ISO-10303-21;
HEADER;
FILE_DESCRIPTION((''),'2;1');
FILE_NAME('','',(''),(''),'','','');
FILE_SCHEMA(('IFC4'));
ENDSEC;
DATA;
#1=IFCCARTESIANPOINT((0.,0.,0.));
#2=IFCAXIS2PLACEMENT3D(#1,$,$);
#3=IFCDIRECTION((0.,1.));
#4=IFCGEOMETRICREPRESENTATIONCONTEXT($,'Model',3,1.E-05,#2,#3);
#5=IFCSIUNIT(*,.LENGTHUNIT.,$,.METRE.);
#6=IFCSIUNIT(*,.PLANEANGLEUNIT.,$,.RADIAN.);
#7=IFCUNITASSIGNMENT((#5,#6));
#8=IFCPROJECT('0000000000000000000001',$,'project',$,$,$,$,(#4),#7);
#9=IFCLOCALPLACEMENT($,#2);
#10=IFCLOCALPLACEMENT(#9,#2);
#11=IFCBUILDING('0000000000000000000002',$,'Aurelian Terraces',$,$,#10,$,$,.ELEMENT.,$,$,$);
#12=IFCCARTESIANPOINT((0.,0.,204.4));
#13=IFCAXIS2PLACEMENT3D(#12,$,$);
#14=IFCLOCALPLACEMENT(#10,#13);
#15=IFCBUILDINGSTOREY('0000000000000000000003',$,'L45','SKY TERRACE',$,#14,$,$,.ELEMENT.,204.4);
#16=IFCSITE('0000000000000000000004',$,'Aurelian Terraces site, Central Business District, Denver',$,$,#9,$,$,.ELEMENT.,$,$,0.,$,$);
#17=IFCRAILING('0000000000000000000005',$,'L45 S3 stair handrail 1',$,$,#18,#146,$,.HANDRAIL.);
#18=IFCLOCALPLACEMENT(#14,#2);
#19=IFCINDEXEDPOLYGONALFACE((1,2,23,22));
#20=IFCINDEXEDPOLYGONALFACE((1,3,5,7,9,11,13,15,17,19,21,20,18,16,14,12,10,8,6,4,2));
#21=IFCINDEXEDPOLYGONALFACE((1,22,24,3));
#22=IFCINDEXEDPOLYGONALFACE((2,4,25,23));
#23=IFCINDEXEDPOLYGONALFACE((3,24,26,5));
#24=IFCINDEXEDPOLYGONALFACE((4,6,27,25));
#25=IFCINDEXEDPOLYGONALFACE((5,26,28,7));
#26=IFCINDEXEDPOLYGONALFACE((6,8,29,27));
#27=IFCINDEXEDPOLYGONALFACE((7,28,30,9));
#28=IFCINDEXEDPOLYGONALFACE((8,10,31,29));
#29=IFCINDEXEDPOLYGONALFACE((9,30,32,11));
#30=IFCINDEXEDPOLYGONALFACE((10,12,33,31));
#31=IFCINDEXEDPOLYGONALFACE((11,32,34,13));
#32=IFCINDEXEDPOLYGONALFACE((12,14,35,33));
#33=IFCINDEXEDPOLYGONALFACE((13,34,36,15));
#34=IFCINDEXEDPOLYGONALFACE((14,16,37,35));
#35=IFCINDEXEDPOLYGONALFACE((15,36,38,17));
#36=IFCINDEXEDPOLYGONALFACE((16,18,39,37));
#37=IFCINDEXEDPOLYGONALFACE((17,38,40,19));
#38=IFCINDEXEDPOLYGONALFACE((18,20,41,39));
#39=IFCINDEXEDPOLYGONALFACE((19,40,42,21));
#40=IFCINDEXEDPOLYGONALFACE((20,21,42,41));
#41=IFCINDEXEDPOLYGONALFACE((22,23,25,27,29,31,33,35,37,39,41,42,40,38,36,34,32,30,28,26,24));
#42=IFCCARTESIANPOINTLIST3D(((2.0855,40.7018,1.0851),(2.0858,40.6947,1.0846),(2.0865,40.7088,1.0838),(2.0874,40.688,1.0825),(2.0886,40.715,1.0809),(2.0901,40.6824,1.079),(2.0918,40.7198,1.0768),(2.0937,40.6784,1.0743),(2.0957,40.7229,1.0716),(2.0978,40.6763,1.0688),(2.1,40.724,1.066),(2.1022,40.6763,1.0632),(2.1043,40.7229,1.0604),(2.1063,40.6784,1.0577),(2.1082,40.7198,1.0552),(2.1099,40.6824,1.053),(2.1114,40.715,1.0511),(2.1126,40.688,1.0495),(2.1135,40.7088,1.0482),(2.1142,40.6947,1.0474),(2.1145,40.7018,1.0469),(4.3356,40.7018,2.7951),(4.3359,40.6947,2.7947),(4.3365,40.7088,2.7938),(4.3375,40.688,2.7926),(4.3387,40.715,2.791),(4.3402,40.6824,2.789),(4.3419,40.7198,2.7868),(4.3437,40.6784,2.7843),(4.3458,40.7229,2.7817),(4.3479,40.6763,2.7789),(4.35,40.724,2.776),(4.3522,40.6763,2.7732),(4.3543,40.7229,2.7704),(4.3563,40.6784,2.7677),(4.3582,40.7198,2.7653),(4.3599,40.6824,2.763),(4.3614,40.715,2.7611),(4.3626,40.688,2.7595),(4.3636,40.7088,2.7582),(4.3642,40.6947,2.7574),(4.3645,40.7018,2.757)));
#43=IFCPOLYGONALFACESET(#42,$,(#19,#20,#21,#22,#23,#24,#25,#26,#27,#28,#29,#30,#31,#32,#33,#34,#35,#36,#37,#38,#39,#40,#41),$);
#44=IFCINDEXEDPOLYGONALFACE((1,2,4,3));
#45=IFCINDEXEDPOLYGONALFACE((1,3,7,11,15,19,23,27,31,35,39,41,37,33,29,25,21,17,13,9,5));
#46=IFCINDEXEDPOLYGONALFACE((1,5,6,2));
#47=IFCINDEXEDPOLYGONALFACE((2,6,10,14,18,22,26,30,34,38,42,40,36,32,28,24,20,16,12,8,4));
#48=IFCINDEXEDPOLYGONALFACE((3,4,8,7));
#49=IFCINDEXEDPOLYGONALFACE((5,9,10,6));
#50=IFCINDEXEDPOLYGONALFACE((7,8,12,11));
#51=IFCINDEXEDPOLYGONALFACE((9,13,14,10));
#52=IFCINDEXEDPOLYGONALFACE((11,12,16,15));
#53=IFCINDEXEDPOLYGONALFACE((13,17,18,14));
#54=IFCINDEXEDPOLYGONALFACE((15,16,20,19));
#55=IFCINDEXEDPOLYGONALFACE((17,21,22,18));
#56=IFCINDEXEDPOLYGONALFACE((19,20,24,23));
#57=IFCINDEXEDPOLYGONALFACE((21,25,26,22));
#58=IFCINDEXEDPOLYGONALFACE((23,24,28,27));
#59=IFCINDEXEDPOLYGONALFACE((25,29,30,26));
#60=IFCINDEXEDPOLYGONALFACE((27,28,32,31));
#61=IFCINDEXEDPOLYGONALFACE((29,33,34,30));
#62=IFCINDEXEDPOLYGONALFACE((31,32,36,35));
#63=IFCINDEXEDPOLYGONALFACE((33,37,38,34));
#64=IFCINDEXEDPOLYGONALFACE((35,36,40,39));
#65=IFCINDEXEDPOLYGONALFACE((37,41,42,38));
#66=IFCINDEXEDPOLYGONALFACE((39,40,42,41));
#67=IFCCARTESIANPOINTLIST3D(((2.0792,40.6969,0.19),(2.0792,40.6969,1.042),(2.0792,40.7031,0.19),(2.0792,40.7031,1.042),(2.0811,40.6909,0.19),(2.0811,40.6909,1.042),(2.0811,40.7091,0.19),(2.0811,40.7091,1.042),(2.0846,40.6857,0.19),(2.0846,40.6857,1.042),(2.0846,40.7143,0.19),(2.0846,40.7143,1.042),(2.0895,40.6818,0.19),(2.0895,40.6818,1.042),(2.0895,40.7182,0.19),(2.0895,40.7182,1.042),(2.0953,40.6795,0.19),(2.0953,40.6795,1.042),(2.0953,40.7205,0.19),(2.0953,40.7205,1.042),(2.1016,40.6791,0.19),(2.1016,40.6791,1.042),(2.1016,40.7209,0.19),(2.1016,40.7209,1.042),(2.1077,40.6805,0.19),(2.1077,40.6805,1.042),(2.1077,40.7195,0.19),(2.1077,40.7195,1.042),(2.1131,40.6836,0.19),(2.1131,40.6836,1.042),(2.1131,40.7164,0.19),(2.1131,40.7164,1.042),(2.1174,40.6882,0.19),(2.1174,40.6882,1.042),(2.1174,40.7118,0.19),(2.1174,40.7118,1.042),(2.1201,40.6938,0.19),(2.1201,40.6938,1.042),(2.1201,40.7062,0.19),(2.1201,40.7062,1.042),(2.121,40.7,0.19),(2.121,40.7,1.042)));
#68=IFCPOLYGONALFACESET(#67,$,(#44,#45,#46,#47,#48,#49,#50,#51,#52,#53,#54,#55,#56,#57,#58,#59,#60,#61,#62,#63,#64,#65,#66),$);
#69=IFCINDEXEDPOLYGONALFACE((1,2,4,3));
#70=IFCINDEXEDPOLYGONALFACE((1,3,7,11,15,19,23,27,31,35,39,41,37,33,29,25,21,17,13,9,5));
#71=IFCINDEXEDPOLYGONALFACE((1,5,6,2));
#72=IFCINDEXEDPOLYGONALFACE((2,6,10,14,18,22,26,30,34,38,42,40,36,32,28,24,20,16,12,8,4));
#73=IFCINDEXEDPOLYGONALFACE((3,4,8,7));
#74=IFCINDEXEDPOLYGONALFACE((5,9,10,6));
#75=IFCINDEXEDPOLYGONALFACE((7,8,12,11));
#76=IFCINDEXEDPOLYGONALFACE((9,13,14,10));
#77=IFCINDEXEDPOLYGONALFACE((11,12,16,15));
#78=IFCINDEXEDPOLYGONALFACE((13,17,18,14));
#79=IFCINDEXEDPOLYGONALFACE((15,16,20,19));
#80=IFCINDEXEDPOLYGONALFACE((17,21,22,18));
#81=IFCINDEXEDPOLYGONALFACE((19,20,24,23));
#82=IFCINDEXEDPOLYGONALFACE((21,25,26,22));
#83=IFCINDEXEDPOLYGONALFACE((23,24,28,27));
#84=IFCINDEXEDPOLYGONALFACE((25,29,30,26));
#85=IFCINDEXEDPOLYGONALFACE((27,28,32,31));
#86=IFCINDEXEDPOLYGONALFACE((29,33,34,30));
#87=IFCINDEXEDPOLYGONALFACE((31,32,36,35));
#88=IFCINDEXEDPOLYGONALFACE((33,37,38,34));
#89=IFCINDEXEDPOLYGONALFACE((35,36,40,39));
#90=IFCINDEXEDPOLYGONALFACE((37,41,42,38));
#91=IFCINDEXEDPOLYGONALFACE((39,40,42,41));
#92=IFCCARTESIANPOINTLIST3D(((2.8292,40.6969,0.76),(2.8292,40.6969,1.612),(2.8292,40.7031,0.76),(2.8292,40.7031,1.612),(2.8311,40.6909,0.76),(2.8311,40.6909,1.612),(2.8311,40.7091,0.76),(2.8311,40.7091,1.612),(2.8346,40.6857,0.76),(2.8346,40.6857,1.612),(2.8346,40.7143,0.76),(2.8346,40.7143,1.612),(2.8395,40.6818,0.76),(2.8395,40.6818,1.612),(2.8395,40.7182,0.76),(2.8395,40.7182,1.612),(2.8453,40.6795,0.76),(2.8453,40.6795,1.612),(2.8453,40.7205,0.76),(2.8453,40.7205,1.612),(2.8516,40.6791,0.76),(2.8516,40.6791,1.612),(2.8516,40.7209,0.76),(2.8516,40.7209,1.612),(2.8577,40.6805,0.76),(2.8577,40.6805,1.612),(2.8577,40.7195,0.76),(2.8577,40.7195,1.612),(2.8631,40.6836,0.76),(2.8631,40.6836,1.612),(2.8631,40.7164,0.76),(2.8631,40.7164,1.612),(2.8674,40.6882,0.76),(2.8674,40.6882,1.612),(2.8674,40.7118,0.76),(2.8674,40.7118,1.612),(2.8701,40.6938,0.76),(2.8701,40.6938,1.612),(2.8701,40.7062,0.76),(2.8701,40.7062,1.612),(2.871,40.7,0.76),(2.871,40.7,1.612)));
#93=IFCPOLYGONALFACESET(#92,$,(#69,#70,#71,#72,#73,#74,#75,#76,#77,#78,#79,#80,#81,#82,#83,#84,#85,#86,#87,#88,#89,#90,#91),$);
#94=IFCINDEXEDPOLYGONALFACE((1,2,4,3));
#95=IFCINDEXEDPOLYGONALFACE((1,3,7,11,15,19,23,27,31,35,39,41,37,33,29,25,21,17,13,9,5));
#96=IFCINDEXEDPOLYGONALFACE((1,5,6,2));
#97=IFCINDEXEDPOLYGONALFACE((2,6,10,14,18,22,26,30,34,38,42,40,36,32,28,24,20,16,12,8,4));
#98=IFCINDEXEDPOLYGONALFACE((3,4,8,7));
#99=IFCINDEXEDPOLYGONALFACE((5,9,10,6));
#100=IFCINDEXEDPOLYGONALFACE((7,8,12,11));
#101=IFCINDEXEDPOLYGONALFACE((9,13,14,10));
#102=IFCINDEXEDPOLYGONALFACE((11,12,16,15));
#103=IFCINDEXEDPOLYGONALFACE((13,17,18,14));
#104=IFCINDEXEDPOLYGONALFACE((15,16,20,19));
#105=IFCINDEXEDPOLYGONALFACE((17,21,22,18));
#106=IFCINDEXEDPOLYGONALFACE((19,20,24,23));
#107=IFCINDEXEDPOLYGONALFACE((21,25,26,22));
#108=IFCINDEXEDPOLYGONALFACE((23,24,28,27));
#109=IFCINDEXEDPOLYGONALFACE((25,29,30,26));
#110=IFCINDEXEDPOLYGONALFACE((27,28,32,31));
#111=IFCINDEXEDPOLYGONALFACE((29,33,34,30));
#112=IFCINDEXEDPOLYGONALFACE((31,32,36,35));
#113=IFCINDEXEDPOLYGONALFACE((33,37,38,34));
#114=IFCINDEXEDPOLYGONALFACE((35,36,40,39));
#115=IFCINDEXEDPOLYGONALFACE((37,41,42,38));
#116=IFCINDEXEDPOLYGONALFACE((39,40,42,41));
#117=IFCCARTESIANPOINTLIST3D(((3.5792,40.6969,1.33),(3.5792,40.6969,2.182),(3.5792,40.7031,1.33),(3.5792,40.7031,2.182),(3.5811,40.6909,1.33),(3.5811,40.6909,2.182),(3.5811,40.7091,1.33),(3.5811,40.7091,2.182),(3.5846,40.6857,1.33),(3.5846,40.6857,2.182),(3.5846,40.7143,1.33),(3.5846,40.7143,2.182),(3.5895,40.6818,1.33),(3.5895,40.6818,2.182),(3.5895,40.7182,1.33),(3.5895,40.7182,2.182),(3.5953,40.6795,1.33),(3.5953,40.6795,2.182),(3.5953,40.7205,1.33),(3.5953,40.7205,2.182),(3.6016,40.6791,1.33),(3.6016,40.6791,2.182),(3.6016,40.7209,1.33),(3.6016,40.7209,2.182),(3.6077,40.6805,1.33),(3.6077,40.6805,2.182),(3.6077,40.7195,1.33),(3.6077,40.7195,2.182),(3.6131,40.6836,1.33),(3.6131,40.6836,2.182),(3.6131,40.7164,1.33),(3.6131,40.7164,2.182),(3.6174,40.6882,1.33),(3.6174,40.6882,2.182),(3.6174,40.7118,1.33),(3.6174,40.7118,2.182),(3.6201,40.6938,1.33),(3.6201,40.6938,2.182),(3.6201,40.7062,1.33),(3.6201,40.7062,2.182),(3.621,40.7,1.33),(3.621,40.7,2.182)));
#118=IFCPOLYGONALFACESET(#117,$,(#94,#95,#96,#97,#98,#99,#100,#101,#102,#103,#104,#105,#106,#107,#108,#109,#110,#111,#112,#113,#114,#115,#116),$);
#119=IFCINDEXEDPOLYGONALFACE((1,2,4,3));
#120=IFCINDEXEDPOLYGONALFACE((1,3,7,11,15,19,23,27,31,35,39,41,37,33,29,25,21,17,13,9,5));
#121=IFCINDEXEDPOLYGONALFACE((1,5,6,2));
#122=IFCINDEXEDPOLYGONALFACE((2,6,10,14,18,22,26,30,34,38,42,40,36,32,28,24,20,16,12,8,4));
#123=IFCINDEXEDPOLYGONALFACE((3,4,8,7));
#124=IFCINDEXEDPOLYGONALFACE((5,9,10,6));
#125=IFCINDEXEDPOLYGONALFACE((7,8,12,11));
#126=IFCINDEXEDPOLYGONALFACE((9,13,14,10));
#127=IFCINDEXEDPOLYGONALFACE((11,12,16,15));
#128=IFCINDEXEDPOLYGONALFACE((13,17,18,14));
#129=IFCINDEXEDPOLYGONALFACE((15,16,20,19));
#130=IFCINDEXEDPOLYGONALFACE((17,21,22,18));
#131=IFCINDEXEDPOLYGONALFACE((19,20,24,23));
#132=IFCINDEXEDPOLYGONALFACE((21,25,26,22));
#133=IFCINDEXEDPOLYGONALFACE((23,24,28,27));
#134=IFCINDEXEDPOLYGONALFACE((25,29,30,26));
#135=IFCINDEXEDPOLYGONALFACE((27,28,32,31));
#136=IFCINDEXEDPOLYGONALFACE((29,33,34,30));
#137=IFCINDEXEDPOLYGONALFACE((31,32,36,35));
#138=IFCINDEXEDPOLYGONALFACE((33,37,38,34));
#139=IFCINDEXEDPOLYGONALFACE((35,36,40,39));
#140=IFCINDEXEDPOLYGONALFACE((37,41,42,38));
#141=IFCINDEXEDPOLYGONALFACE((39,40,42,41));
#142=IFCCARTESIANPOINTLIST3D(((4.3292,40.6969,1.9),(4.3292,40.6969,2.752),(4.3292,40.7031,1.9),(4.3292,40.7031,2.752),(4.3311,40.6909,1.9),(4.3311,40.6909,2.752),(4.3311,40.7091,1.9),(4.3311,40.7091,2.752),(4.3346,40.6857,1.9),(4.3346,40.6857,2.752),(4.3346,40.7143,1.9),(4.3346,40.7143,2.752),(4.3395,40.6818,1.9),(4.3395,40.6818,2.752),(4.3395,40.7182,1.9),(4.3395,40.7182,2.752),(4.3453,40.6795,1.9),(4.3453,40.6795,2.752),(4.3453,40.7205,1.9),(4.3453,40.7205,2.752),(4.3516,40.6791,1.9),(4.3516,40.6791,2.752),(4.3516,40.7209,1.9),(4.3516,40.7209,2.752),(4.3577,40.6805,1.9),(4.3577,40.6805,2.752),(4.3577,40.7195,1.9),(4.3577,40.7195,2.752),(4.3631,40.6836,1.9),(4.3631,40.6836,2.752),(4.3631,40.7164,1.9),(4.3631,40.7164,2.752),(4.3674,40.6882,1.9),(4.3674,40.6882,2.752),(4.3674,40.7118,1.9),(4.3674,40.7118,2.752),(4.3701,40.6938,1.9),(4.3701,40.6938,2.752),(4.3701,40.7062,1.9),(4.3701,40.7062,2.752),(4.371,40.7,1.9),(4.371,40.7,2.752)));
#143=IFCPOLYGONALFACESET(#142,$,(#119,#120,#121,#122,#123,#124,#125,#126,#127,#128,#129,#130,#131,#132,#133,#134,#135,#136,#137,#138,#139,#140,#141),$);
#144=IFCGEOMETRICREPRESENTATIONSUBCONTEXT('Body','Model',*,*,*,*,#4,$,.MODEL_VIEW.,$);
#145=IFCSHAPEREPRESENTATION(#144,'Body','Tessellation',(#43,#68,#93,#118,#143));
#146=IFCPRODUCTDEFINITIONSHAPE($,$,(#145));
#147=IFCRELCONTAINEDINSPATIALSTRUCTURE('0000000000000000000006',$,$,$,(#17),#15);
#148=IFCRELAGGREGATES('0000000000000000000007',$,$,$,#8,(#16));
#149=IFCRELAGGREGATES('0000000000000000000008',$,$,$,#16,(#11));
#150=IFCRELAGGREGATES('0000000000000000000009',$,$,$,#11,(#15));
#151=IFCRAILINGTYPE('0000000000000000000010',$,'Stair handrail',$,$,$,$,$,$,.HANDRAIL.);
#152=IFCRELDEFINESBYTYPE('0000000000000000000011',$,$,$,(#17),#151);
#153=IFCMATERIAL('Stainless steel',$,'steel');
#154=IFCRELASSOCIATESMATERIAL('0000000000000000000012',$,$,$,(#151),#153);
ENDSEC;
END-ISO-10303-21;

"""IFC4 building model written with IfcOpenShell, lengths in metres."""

from ifc_helpers import new_model, si_unit, direction, frame, origin, origin_2d, place, context, subcontext, project, spatial, circle, extrude, source, transform, mapped, material, type_object, element, save


model = new_model("IFC4")

# Units and contexts
model_context = context("Model", 3, precision=1e-05, world=origin(), true_north=direction((0.0, 1.0)))
body_context = subcontext(model_context, "Body", "Model", "MODEL_VIEW")
ifc_project = project(units=[si_unit("LENGTHUNIT", "METRE"), si_unit("PLANEANGLEUNIT", "RADIAN")], contexts=[model_context])

# Site, building, storey
site_placement = place(None, origin())
site = spatial("IfcSite", under=ifc_project, at=site_placement, Name="Aurelian Terraces site, Central Business District, Denver", CompositionType="ELEMENT", RefElevation=0.0)
building_placement = place(site_placement, origin())
building = spatial("IfcBuilding", under=site, at=building_placement, Name="Aurelian Terraces", CompositionType="ELEMENT")
storey_placement = place(building_placement, frame((0.0, 0.0, 204.4)))
storey = spatial("IfcBuildingStorey", under=building, at=storey_placement, Name="L45", Description="SKY TERRACE", CompositionType="ELEMENT", Elevation=204.4)

# Railing
ifc_material_1 = material(Name="Stainless steel", Category="steel")
railing_type_1 = type_object("IfcRailingType", Name="Stair handrail", PredefinedType="HANDRAIL", material=ifc_material_1)
shared_shape_1 = source(origin(), body_context, "Body", "SweptSolid", [
    extrude(circle(Radius=0.024, at=origin_2d()), frame((0.0, 0.0, 0.876), z_axis=(0.796162, 0.0, 0.605083), x_axis=(0.0, 1.0, 0.0)), (0.0, 0.0, 1.0), 2.8261),
    extrude(circle(Radius=0.021, at=origin_2d()), origin(), (0.0, 0.0, 1.0), 0.852),
    extrude(circle(Radius=0.021, at=origin_2d()), frame((0.75, 0.0, 0.57)), (0.0, 0.0, 1.0), 0.852),
    extrude(circle(Radius=0.021, at=origin_2d()), frame((1.5, 0.0, 1.14)), (0.0, 0.0, 1.0), 0.852),
    extrude(circle(Radius=0.021, at=origin_2d()), frame((2.25, 0.0, 1.71)), (0.0, 0.0, 1.0), 0.852),
])
railing_1_placement = place(storey_placement, frame((2.1, 40.7, 0.19)))
element("IfcRailing", 1, at=railing_1_placement, inside=storey, type_object=railing_type_1, Name="L45 S3 stair handrail 1", PredefinedType="HANDRAIL", context=body_context, shape_type="MappedRepresentation", body=[
    mapped(shared_shape_1, transform((0.0, 0.0, 0.0), scale=1.0)),
])

save(model, "model.ifc")
